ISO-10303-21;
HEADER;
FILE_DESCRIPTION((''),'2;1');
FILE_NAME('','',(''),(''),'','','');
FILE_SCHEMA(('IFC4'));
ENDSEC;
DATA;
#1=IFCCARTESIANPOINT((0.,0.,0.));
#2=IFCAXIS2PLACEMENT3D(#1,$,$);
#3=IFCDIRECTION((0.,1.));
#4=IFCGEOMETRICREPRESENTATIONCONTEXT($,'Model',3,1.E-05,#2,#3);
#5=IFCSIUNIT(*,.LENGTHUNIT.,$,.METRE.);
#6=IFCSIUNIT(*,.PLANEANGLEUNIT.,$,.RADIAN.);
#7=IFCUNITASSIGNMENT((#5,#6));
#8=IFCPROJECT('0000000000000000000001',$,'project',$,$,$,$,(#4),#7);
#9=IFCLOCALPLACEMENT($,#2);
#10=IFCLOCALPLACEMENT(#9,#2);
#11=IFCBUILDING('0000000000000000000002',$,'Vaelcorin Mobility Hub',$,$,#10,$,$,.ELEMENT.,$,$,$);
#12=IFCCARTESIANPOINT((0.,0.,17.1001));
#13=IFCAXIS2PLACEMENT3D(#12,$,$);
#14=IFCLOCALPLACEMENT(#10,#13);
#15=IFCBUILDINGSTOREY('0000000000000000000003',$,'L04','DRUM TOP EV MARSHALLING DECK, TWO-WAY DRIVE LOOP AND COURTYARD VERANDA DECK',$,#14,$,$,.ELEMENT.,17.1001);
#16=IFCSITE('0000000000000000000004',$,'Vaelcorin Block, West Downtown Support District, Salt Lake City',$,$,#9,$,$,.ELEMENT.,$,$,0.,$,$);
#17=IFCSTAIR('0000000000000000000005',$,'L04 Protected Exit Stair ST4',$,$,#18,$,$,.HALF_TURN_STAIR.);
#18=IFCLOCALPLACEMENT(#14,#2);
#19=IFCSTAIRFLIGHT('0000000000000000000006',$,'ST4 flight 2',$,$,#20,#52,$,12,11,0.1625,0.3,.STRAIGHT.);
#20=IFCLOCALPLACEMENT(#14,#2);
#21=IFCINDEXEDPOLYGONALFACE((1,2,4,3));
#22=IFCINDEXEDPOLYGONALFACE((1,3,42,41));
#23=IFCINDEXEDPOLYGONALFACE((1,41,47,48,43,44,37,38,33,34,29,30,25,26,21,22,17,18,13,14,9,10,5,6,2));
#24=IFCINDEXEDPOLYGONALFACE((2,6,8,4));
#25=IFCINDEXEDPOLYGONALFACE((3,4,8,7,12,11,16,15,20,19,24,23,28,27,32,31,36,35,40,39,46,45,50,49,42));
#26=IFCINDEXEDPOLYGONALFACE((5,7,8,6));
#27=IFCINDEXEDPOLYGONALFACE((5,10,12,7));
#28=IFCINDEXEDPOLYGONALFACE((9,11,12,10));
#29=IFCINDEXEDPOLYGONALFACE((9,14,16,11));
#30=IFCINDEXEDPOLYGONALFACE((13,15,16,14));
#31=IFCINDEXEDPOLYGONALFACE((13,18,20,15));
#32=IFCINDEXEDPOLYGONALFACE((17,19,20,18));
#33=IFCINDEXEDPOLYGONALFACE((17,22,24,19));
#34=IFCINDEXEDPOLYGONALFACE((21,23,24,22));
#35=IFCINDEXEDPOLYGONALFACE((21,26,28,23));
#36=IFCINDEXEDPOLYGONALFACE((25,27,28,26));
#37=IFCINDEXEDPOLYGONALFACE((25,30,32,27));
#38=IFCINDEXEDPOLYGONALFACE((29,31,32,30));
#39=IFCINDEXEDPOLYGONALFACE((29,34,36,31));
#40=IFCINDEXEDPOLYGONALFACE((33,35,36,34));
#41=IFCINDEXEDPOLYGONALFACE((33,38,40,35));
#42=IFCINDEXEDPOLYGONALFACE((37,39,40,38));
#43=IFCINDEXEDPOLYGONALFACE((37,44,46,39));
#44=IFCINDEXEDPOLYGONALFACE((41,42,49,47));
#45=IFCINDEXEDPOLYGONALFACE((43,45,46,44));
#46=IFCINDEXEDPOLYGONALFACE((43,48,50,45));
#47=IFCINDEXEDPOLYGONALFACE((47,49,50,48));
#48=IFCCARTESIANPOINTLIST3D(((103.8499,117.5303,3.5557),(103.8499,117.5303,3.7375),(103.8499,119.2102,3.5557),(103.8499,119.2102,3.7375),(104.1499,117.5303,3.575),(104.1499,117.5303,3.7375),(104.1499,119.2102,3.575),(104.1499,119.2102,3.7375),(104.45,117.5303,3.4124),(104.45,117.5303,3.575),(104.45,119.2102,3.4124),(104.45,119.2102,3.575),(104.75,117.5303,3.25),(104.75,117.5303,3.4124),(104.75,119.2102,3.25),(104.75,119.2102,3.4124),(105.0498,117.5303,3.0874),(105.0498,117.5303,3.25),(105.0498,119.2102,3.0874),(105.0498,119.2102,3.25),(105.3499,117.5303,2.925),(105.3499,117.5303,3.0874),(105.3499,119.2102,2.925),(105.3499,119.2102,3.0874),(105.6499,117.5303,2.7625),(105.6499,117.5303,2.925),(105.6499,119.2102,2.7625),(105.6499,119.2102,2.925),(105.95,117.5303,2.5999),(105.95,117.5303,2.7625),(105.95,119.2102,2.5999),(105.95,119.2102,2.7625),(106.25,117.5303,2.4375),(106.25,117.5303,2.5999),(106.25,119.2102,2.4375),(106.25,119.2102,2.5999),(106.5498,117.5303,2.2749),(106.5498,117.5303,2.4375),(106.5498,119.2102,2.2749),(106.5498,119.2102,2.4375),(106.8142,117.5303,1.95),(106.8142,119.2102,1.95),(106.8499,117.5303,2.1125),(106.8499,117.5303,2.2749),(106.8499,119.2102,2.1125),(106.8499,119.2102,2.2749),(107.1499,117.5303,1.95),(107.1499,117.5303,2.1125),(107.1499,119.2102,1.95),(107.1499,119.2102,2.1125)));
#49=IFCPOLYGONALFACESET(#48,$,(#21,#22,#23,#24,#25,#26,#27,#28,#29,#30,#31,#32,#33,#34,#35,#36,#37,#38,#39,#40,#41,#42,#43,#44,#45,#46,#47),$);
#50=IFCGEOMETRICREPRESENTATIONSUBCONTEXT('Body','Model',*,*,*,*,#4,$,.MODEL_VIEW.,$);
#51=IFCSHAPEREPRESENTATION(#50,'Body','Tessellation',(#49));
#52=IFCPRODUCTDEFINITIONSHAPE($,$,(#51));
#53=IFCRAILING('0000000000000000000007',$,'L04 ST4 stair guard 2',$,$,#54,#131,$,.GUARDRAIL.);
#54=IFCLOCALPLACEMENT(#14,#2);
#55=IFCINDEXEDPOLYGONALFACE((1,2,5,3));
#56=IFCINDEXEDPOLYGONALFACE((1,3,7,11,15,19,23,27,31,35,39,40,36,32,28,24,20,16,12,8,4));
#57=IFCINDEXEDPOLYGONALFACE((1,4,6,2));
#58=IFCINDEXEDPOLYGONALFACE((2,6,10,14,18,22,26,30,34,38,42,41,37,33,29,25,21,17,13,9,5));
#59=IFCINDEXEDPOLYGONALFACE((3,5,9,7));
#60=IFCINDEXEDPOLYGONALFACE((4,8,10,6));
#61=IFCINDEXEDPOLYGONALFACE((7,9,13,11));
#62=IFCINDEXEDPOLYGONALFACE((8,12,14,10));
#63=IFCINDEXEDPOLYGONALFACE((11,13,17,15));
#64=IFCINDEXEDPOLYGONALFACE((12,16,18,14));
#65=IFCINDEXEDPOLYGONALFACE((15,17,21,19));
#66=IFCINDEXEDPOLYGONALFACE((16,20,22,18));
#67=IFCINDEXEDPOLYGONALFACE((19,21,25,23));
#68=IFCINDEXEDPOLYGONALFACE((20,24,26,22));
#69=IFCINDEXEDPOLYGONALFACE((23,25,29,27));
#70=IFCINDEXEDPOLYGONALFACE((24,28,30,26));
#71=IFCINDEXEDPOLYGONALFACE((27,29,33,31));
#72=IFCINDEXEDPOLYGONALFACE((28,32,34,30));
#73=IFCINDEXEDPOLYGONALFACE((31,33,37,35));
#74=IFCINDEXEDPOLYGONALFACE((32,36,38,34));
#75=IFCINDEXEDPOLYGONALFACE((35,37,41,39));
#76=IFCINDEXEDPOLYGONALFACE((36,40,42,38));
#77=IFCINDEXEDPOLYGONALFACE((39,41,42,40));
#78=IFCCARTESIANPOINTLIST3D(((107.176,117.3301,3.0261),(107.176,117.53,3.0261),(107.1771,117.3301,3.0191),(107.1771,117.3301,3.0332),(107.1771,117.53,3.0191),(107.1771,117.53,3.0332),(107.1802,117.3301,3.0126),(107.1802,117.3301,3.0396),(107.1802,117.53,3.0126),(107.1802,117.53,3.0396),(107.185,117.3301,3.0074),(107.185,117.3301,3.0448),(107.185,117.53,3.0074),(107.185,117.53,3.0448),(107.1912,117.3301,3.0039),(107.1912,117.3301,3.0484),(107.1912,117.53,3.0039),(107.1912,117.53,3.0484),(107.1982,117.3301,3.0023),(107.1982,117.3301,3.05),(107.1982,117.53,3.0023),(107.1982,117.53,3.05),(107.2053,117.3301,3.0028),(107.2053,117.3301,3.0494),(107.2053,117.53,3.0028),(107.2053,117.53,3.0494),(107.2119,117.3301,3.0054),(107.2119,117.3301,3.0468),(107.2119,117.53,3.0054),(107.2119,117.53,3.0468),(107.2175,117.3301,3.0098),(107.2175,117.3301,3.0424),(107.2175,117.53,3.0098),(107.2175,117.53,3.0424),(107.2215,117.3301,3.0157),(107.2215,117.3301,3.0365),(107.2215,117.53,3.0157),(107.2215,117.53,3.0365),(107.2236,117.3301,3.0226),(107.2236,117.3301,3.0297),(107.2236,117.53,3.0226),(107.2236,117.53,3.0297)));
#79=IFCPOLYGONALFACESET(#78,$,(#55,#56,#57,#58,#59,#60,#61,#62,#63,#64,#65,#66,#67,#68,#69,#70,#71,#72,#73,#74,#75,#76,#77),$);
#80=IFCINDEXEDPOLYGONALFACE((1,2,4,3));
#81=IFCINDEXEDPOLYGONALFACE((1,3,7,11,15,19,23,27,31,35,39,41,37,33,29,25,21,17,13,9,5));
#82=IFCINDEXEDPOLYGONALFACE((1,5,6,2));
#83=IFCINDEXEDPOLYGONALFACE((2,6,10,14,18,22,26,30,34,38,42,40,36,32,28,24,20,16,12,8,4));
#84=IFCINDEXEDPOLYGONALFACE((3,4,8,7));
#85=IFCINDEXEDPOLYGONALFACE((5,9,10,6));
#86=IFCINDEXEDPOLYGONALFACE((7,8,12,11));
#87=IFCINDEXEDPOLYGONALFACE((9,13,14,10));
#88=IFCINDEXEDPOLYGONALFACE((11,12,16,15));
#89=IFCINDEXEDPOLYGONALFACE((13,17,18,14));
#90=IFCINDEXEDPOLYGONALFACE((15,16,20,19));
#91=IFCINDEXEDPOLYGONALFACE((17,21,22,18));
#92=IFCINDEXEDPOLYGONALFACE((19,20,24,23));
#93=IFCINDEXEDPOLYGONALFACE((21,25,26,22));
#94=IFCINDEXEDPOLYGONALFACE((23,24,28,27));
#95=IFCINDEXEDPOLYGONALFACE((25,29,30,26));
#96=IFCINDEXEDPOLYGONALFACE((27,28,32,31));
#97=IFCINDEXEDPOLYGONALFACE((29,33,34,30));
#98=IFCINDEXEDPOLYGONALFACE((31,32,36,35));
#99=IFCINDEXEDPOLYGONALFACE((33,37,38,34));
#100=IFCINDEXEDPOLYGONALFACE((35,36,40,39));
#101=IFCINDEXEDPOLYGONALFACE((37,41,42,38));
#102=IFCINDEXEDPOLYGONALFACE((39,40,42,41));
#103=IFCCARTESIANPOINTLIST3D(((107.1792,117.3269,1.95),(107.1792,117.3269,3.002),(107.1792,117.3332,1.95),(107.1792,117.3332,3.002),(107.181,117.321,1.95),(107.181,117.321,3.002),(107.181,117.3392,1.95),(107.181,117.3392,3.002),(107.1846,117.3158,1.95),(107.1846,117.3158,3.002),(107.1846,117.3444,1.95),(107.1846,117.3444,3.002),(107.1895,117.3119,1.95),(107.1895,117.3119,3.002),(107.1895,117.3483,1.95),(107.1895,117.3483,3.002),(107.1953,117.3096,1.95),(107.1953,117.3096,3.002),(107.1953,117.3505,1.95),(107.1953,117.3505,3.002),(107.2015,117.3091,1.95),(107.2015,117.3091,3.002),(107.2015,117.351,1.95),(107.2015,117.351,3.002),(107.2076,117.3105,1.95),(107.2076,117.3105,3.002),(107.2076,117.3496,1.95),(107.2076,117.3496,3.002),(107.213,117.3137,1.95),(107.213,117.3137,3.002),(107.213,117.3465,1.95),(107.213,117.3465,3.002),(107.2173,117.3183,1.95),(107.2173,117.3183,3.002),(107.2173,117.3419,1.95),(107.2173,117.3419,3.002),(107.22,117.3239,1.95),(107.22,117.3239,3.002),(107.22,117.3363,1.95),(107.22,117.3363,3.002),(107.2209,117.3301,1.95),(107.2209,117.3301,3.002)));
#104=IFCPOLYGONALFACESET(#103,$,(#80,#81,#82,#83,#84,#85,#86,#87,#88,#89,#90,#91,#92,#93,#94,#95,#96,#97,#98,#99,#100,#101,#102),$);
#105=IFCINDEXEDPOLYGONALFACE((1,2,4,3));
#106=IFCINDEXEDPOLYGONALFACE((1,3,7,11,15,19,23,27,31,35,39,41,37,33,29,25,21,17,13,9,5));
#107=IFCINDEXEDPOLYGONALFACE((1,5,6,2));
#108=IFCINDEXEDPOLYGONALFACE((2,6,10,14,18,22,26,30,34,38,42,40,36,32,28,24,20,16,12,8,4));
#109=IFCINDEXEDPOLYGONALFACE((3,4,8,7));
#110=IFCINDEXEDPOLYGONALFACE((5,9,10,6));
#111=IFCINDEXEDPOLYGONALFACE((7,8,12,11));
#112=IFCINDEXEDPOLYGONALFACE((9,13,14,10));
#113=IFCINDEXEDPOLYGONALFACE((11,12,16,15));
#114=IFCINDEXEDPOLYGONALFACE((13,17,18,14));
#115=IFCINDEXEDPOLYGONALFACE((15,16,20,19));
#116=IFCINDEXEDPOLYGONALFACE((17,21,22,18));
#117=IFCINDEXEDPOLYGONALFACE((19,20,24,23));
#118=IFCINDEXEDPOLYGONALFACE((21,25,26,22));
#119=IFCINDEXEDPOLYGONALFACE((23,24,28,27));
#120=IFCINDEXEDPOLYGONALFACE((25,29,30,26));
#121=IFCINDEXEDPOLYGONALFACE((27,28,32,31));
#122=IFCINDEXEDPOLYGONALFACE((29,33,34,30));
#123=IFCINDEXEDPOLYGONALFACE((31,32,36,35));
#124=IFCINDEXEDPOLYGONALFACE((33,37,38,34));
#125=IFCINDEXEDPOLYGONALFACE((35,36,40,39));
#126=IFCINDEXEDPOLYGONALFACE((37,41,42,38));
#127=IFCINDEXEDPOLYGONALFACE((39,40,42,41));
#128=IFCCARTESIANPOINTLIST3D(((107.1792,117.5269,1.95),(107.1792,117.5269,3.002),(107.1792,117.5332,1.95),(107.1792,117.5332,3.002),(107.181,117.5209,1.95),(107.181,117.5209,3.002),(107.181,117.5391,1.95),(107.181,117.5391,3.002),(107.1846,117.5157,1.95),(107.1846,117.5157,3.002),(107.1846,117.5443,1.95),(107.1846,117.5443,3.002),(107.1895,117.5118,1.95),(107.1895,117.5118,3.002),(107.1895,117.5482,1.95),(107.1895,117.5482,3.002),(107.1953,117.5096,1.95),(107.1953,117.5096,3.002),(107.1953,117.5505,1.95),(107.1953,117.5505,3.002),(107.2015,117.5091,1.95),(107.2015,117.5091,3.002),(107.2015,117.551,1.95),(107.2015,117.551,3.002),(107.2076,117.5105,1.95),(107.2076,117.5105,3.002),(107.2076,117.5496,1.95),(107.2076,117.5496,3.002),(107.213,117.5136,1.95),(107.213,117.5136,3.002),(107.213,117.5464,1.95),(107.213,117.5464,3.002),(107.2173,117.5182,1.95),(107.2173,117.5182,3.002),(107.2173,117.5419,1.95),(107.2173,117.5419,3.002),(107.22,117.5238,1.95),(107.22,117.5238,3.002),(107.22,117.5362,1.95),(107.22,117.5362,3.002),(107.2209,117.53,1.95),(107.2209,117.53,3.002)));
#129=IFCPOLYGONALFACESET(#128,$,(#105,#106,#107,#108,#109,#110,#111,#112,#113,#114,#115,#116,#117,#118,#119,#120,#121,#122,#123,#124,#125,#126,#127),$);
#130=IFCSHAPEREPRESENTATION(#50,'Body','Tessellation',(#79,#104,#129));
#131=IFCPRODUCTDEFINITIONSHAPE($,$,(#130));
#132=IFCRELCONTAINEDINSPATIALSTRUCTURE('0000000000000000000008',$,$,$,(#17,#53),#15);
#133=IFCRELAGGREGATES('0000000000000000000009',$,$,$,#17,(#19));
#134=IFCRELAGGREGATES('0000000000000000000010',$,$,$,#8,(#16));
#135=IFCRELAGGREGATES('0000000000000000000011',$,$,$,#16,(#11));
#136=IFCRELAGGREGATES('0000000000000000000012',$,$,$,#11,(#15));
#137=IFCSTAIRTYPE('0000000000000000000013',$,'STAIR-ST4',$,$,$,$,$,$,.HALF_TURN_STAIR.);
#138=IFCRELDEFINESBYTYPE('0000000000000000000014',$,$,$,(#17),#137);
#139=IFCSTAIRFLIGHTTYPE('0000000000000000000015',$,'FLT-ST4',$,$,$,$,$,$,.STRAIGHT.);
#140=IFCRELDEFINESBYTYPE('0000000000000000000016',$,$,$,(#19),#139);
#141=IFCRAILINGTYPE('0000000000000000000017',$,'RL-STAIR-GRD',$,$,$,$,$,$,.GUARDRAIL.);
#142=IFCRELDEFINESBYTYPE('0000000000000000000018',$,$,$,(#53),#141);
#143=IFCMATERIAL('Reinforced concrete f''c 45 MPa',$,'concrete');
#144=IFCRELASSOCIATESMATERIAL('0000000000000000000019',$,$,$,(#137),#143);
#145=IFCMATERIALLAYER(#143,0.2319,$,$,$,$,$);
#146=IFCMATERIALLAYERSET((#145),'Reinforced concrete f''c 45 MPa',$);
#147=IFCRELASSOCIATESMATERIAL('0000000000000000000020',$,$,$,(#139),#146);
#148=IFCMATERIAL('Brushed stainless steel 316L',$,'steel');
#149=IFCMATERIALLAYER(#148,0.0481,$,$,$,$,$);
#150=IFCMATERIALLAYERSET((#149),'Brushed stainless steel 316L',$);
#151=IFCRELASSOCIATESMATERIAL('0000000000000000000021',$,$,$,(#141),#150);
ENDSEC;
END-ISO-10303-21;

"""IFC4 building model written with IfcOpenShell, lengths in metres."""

from ifc_helpers import new_model, si_unit, direction, frame, origin, origin_2d, place, context, subcontext, project, spatial, polyline, circle, outline, extrude, material, layer, layer_set, type_object, element, aggregate, save


model = new_model("IFC4")

# Units and contexts
model_context = context("Model", 3, precision=1e-05, world=origin(), true_north=direction((0.0, 1.0)))
body_context = subcontext(model_context, "Body", "Model", "MODEL_VIEW")
ifc_project = project(units=[si_unit("LENGTHUNIT", "METRE"), si_unit("PLANEANGLEUNIT", "RADIAN")], contexts=[model_context])

# Site, building, storey
site_placement = place(None, origin())
site = spatial("IfcSite", under=ifc_project, at=site_placement, Name="Vaelcorin Block, West Downtown Support District, Salt Lake City", CompositionType="ELEMENT", RefElevation=0.0)
building_placement = place(site_placement, origin())
building = spatial("IfcBuilding", under=site, at=building_placement, Name="Vaelcorin Mobility Hub", CompositionType="ELEMENT")
storey_placement = place(building_placement, frame((0.0, 0.0, 17.1001)))
storey = spatial("IfcBuildingStorey", under=building, at=storey_placement, Name="L04", Description="DRUM TOP EV MARSHALLING DECK, TWO-WAY DRIVE LOOP AND COURTYARD VERANDA DECK", CompositionType="ELEMENT", Elevation=17.1001)

# Shared definitions
ifc_material_1 = material(Name="Reinforced concrete f'c 45 MPa", Category="concrete")

# Stair, stair flight
stair_type = type_object("IfcStairType", Name="STAIR-ST4", PredefinedType="HALF_TURN_STAIR", material=ifc_material_1)
stair_placement = place(storey_placement, origin())
stair = element("IfcStair", 1, at=stair_placement, inside=storey, type_object=stair_type, Name="L04 Protected Exit Stair ST4", PredefinedType="HALF_TURN_STAIR")
ifc_layer_1 = layer(ifc_material_1, 0.2319)
ifc_layer_set_1 = layer_set([ifc_layer_1], Name="Reinforced concrete f'c 45 MPa")
stair_flight_type = type_object("IfcStairFlightType", Name="FLT-ST4", PredefinedType="STRAIGHT", material=ifc_layer_set_1)
stair_flight_placement = place(storey_placement, frame((107.1499, 118.3701, 1.95), z_axis=(0.0, 0.0, 1.0), x_axis=(-1.0, 0.0, 0.0)))
stair_flight = element("IfcStairFlight", 2, at=stair_flight_placement, type_object=stair_flight_type, Name="ST4 flight 2", NumberOfRisers=12, NumberOfTreads=11, PredefinedType="STRAIGHT", RiserHeight=0.1625, TreadLength=0.3, context=body_context, shape_type="SweptSolid", body=[
    extrude(outline(polyline([(0.0, 0.0), (0.0, 0.1626), (0.3, 0.1626), (0.3, 0.325), (0.6001, 0.325), (0.6001, 0.4875), (0.8999, 0.4875), (0.8999, 0.6499), (1.2, 0.6499), (1.2, 0.8125), (1.5, 0.8125), (1.5, 0.9751), (1.8, 0.9751), (1.8, 1.1375), (2.1001, 1.1375), (2.1001, 1.3), (2.3999, 1.3), (2.3999, 1.4624), (2.7, 1.4624), (2.7, 1.625), (3.0, 1.625), (3.0, 1.7876), (3.3, 1.7876), (3.3, 1.95), (3.3, 1.6057), (0.3357, 0.0), (0.0, 0.0)])), frame((0.0, 0.8398, 0.0), z_axis=(0.0, -1.0, 0.0), x_axis=(1.0, 0.0, 0.0)), (0.0, 0.0, 1.0), 1.6799),
])
aggregate(stair, [stair_flight])

# Railing
ifc_material_2 = material(Name="Brushed stainless steel 316L", Category="steel")
ifc_layer_2 = layer(ifc_material_2, 0.0481)
ifc_layer_set_2 = layer_set([ifc_layer_2], Name="Brushed stainless steel 316L")
railing_type_1 = type_object("IfcRailingType", Name="RL-STAIR-GRD", PredefinedType="GUARDRAIL", material=ifc_layer_set_2)
railing_1_placement = place(storey_placement, frame((107.2, 117.3301, 1.95)))
element("IfcRailing", 3, at=railing_1_placement, inside=storey, type_object=railing_type_1, Name="L04 ST4 stair guard 2", PredefinedType="GUARDRAIL", context=body_context, shape_type="SweptSolid", body=[
    extrude(circle(Radius=0.0239, at=origin_2d()), frame((0.0, 0.0, 1.0762), z_axis=(0.0, 1.0, 0.0), x_axis=(-1.0, 0.0, 0.0)), (0.0, 0.0, 1.0), 0.2),
    extrude(circle(Radius=0.021, at=origin_2d()), origin(), (0.0, 0.0, 1.0), 1.052),
    extrude(circle(Radius=0.021, at=origin_2d()), frame((0.0, 0.2, 0.0)), (0.0, 0.0, 1.0), 1.052),
])

save(model, "model.ifc")
